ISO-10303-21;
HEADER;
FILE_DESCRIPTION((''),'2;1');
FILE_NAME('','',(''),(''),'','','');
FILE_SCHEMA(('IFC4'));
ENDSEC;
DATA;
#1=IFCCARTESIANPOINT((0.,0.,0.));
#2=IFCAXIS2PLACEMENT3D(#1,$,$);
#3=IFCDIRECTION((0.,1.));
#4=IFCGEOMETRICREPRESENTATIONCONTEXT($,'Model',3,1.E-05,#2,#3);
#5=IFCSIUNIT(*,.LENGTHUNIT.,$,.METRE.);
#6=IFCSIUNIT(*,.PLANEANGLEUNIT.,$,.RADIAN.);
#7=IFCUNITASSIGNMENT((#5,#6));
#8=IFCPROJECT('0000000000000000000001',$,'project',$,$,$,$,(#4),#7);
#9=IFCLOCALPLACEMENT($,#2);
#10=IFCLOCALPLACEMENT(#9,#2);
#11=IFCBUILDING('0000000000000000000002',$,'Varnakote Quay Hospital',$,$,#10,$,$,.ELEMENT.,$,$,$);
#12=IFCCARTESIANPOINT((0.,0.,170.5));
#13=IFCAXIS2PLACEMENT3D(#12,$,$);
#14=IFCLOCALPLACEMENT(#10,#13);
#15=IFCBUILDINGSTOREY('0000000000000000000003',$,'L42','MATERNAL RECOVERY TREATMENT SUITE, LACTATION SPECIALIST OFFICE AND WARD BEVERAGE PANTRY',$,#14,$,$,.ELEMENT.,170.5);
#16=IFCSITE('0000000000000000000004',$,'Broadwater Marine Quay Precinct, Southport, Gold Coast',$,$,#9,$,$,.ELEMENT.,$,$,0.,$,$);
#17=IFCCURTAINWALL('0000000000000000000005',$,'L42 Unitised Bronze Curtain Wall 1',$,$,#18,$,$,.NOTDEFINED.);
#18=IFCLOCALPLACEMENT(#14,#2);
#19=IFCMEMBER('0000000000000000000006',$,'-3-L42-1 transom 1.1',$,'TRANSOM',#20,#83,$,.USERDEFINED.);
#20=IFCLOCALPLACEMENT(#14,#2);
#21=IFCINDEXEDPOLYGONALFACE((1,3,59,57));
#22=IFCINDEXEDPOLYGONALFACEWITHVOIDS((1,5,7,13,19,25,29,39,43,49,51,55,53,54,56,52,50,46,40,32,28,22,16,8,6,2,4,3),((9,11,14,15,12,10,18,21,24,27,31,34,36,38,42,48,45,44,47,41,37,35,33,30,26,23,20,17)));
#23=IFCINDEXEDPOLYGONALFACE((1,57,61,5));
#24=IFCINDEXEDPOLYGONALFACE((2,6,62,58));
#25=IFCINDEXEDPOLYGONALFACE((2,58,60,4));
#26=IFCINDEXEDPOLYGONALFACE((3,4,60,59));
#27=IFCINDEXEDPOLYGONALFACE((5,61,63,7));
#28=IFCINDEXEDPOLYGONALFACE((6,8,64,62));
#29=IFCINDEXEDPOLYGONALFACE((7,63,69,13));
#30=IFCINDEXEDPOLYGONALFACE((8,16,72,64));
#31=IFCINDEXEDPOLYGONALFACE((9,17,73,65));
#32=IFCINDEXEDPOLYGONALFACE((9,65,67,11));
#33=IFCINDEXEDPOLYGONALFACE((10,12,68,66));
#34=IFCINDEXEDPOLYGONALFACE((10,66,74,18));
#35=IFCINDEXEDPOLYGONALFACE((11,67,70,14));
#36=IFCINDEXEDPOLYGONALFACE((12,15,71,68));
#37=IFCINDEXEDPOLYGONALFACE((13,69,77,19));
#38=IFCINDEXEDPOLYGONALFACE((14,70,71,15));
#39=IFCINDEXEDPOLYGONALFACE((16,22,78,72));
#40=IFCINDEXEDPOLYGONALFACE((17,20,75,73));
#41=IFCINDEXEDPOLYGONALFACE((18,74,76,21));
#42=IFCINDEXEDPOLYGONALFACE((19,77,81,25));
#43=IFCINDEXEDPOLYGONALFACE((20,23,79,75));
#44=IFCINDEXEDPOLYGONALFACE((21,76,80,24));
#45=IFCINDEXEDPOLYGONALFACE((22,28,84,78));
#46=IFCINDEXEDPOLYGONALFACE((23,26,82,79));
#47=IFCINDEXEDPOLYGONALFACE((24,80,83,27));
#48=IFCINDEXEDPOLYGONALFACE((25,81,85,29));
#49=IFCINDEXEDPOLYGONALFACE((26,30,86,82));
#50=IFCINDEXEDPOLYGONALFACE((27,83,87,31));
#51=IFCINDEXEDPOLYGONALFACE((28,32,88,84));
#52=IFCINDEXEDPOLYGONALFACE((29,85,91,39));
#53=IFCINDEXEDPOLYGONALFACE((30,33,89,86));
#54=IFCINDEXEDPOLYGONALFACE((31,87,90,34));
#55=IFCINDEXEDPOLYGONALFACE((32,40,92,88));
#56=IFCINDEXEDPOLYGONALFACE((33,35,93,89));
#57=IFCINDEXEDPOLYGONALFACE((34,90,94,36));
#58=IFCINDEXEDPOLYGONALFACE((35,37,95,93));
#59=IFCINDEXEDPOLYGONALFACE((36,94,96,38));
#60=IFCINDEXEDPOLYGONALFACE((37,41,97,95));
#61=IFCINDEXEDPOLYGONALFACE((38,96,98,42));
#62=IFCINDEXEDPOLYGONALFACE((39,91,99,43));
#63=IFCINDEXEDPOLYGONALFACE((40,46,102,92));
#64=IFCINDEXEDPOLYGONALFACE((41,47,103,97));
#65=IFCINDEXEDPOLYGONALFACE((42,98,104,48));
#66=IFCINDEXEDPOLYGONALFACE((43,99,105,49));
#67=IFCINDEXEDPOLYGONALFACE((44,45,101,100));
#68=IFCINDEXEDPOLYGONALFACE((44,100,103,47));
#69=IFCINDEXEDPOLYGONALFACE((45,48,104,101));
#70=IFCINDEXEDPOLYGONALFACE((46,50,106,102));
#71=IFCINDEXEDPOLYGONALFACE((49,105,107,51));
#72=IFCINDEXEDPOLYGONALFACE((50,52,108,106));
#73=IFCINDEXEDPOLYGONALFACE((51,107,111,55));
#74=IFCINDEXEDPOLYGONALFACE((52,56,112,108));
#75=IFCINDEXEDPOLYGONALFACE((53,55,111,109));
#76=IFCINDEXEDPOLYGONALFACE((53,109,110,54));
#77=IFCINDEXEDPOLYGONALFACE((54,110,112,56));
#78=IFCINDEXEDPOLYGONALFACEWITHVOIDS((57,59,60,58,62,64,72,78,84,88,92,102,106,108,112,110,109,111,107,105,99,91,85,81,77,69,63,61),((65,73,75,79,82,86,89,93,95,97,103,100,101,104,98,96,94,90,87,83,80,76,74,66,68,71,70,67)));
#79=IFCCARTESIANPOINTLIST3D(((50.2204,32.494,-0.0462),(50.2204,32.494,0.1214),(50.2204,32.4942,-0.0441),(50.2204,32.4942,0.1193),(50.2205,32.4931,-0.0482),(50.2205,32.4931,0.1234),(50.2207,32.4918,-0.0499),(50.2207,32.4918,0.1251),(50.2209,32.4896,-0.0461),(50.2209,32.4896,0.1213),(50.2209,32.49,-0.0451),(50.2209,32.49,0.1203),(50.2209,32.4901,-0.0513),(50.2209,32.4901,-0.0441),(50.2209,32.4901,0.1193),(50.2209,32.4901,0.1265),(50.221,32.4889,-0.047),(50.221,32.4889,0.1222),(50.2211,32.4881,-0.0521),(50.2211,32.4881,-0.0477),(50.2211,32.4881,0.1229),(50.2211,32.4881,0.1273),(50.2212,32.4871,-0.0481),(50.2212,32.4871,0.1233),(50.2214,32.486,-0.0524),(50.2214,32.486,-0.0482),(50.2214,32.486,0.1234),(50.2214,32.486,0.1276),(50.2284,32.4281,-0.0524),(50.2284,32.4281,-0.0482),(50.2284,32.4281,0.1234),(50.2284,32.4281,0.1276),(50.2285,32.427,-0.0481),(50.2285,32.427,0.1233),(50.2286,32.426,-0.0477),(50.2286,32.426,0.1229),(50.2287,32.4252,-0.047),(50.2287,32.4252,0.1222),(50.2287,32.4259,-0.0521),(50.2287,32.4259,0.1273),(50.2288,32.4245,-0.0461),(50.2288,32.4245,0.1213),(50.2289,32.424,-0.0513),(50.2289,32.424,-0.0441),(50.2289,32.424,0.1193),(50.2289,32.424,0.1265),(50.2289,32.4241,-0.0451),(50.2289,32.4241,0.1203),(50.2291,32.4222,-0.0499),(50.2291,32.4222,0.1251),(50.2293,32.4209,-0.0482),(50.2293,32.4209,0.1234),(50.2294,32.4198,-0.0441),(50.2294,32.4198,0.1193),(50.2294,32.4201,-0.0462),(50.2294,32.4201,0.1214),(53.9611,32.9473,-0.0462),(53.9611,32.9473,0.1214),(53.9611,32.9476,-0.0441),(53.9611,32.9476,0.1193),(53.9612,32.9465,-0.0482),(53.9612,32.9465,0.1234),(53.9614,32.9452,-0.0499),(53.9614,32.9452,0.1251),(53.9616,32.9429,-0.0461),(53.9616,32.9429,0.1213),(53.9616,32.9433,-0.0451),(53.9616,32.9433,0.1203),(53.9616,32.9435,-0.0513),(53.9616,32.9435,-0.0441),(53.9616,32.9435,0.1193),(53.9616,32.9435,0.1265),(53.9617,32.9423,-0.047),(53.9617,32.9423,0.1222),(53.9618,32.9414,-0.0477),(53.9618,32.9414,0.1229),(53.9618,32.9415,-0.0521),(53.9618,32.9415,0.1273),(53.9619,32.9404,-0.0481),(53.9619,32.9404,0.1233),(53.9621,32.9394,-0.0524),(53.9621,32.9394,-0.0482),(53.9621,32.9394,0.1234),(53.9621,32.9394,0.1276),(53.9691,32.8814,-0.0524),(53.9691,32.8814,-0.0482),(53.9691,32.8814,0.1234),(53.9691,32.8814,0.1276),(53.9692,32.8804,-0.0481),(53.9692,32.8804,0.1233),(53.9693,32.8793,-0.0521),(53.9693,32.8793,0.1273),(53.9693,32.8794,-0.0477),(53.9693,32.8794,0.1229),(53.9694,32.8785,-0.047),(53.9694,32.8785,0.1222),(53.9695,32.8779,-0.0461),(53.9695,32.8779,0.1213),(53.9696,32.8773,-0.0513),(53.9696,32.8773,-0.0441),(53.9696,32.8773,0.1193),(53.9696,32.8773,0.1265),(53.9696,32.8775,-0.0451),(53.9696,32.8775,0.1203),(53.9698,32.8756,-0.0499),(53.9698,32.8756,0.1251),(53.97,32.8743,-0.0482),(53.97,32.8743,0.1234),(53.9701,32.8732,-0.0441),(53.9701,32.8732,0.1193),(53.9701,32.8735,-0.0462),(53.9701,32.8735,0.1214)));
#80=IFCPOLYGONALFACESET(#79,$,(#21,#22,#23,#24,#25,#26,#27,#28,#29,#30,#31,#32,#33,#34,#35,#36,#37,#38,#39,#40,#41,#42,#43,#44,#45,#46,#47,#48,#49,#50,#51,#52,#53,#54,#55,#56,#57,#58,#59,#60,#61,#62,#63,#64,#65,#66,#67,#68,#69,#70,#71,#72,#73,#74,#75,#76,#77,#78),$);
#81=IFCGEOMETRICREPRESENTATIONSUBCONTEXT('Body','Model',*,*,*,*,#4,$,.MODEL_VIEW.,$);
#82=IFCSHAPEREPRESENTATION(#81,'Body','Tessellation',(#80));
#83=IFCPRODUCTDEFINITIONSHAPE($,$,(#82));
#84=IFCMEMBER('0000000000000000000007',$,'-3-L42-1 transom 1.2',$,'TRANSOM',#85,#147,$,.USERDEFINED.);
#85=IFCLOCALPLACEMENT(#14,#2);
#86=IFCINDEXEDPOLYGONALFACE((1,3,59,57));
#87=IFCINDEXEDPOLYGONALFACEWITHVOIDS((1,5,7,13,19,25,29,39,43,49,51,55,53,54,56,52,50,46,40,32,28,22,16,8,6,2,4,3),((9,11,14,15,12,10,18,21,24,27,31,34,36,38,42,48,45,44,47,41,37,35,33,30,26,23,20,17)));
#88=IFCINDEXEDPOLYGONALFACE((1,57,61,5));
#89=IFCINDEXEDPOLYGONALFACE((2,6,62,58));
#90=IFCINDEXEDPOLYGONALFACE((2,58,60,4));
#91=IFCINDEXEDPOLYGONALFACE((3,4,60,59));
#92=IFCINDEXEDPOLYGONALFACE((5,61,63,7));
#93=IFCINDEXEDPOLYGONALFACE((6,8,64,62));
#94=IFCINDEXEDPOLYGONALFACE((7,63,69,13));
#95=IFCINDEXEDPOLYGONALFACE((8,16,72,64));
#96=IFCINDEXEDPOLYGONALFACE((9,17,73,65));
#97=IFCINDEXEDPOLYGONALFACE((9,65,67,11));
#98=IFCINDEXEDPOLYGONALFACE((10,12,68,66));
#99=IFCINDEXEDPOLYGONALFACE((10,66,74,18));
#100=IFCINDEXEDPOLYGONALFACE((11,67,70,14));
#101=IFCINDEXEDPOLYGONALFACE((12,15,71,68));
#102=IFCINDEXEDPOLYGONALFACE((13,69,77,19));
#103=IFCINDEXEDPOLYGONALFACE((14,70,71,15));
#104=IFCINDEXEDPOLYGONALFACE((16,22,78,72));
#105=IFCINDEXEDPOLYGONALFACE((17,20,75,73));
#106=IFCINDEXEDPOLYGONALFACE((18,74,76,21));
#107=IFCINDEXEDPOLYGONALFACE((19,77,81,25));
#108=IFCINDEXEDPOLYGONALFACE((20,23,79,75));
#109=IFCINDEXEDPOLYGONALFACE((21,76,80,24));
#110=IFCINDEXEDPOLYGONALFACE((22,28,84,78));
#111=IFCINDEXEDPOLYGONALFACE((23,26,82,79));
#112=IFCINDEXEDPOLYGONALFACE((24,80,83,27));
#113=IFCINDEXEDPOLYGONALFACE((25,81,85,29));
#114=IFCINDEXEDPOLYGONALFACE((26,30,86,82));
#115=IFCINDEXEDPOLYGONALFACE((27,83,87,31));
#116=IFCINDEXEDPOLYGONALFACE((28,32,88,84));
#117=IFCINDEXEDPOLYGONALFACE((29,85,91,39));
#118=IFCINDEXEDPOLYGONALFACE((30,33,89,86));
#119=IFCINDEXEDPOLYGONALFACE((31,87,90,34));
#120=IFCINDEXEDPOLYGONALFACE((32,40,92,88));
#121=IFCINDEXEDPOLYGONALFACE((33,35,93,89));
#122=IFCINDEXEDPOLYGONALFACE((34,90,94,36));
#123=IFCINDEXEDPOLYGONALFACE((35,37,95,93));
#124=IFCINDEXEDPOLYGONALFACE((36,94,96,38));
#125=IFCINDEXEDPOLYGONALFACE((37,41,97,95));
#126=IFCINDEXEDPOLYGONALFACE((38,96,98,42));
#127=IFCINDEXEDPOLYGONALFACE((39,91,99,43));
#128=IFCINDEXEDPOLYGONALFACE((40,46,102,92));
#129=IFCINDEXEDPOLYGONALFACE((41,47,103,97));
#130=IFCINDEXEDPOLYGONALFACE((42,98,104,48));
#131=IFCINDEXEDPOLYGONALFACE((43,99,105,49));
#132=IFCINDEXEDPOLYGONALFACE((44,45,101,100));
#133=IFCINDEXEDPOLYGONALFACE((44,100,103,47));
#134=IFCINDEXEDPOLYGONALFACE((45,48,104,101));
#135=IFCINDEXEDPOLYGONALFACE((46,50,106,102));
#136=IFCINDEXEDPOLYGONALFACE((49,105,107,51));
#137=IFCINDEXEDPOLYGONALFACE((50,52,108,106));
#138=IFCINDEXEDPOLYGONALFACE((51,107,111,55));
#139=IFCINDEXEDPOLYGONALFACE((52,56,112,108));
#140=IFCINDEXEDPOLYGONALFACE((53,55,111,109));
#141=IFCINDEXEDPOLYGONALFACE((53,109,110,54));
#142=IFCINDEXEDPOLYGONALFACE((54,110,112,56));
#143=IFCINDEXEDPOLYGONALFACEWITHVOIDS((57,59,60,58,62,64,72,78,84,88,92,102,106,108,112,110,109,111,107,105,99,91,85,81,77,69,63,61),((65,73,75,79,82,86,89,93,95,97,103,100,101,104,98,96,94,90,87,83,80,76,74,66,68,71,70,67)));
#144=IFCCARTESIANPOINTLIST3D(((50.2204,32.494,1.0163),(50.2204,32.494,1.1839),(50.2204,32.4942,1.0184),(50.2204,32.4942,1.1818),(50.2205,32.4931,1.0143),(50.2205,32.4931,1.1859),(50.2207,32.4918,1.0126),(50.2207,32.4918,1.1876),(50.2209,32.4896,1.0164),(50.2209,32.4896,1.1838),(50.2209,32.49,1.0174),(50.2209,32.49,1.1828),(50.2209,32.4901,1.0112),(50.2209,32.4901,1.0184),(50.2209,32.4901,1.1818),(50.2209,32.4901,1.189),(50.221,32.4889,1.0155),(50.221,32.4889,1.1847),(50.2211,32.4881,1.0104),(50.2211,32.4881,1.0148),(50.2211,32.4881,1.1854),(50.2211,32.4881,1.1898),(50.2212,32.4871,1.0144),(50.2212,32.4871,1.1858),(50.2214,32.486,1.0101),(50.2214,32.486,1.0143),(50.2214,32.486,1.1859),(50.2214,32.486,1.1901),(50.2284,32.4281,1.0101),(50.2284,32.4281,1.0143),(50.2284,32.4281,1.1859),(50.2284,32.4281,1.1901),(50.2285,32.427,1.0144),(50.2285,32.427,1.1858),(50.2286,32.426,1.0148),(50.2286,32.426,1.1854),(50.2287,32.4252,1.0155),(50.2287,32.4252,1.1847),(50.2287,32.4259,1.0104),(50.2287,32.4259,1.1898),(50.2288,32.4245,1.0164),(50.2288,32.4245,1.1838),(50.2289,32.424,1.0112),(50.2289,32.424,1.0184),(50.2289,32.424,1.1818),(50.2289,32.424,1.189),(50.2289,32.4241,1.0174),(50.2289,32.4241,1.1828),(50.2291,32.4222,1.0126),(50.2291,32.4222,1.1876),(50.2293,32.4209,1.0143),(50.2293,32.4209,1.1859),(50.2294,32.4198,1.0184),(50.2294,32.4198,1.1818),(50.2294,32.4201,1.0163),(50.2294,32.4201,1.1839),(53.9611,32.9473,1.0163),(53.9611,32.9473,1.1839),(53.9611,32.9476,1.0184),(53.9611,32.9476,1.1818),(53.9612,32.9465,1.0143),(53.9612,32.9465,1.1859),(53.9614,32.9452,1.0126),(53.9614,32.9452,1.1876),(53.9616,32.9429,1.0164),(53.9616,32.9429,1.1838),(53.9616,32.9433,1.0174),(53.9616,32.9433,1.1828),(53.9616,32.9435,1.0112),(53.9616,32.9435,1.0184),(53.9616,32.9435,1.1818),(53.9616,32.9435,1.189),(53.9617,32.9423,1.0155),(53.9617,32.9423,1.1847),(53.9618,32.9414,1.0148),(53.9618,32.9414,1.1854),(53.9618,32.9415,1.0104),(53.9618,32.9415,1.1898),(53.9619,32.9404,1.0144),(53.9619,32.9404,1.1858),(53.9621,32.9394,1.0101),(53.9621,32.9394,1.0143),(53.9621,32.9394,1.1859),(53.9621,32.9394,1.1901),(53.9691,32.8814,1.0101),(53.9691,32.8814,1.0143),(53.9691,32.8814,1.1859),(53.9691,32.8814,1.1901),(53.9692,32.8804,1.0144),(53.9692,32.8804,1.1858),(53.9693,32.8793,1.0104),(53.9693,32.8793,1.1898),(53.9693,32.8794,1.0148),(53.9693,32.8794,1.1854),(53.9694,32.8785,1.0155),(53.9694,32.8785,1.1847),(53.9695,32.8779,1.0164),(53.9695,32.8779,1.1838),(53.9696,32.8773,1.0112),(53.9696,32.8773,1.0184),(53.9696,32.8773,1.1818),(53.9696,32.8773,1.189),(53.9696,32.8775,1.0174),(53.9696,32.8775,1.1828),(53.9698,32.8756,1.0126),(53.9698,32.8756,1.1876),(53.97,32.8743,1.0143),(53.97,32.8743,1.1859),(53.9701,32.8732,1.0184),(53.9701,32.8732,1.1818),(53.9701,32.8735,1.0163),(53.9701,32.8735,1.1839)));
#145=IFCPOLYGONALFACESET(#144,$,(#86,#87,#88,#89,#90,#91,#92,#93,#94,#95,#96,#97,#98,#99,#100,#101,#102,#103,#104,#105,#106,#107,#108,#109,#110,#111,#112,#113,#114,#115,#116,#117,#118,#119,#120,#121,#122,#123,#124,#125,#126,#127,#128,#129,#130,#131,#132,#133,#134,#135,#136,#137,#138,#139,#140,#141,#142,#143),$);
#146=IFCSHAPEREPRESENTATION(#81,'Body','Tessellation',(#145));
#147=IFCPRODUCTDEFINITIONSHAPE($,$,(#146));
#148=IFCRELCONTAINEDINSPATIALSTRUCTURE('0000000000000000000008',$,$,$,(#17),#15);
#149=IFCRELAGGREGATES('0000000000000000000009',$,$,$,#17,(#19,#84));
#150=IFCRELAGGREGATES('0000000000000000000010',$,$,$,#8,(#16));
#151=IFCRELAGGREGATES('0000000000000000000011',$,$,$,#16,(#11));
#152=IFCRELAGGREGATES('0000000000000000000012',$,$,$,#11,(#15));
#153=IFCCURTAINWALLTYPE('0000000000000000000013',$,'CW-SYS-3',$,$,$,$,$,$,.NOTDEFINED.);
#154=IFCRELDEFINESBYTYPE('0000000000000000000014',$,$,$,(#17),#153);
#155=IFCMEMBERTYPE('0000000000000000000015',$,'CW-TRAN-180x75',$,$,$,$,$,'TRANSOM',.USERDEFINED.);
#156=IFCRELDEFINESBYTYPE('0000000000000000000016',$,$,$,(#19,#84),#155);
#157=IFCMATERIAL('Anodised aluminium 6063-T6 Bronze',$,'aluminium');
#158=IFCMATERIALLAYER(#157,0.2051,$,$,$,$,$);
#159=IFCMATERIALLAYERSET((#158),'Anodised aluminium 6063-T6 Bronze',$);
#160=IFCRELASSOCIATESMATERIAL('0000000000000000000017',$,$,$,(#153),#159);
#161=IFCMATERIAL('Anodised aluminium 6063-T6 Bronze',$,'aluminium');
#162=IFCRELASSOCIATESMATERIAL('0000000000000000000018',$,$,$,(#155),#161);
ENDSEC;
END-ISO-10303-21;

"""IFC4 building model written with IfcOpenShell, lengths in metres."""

from ifc_helpers import new_model, si_unit, direction, frame, origin, origin_2d, place, context, subcontext, project, spatial, hollow_rectangle, extrude, material, layer, layer_set, material_profile, profile_set, type_object, element, aggregate, save


model = new_model("IFC4")

# Units and contexts
model_context = context("Model", 3, precision=1e-05, world=origin(), true_north=direction((0.0, 1.0)))
body_context = subcontext(model_context, "Body", "Model", "MODEL_VIEW")
ifc_project = project(units=[si_unit("LENGTHUNIT", "METRE"), si_unit("PLANEANGLEUNIT", "RADIAN")], contexts=[model_context])

# Site, building, storey
site_placement = place(None, origin())
site = spatial("IfcSite", under=ifc_project, at=site_placement, Name="Broadwater Marine Quay Precinct, Southport, Gold Coast", CompositionType="ELEMENT", RefElevation=0.0)
building_placement = place(site_placement, origin())
building = spatial("IfcBuilding", under=site, at=building_placement, Name="Varnakote Quay Hospital", CompositionType="ELEMENT")
storey_placement = place(building_placement, frame((0.0, 0.0, 170.5)))
storey = spatial("IfcBuildingStorey", under=building, at=storey_placement, Name="L42", Description="MATERNAL RECOVERY TREATMENT SUITE, LACTATION SPECIALIST OFFICE AND WARD BEVERAGE PANTRY", CompositionType="ELEMENT", Elevation=170.5)

# Curtain wall, members
ifc_material_1 = material(Name="Anodised aluminium 6063-T6 Bronze", Category="aluminium")
ifc_layer_1 = layer(ifc_material_1, 0.2051)
ifc_layer_set_1 = layer_set([ifc_layer_1], Name="Anodised aluminium 6063-T6 Bronze")
curtain_wall_type = type_object("IfcCurtainWallType", Name="CW-SYS-3", PredefinedType="NOTDEFINED", material=ifc_layer_set_1)
curtain_wall_placement = place(storey_placement, origin())
curtain_wall = element("IfcCurtainWall", 1, at=curtain_wall_placement, inside=storey, type_object=curtain_wall_type, Name="L42 Unitised Bronze Curtain Wall 1", PredefinedType="NOTDEFINED")
ifc_material_2 = material(Name="Anodised aluminium 6063-T6 Bronze", Category="aluminium")
ifc_material_profile_1 = material_profile(ifc_material_2, hollow_rectangle(XDim=0.075, YDim=0.1799, WallThickness=0.0042, InnerFilletRadius=0.0042, OuterFilletRadius=0.0083, at=origin_2d()), Name="CW-TRAN-180x75")
ifc_profile_set_1 = profile_set([ifc_material_profile_1], Name="Anodised aluminium 6063-T6 Bronze")
member_type_1 = type_object("IfcMemberType", Name="CW-TRAN-180x75", ElementType="TRANSOM", PredefinedType="USERDEFINED", material=ifc_profile_set_1)
member_1_placement = place(storey_placement, frame((53.9656, 32.9104, 0.0376), z_axis=(-0.992735, -0.120318, 0.0), x_axis=(0.120318, -0.992735, 0.0)))
member_1 = element("IfcMember", 2, at=member_1_placement, type_object=member_type_1, Name="-3-L42-1 transom 1.1", ObjectType="TRANSOM", PredefinedType="USERDEFINED", context=body_context, shape_type="SweptSolid", body=[
    extrude(hollow_rectangle(XDim=0.075, YDim=0.1799, WallThickness=0.0042, InnerFilletRadius=0.0042, OuterFilletRadius=0.0083, at=origin_2d()), origin(), (0.0, 0.0, 1.0), 3.7681),
])
member_2_placement = place(storey_placement, frame((53.9656, 32.9104, 1.1001), z_axis=(-0.992735, -0.120318, 0.0), x_axis=(0.120318, -0.992735, 0.0)))
member_2 = element("IfcMember", 3, at=member_2_placement, type_object=member_type_1, Name="-3-L42-1 transom 1.2", ObjectType="TRANSOM", PredefinedType="USERDEFINED", context=body_context, shape_type="SweptSolid", body=[
    extrude(hollow_rectangle(XDim=0.075, YDim=0.1799, WallThickness=0.0042, InnerFilletRadius=0.0042, OuterFilletRadius=0.0083, at=origin_2d()), origin(), (0.0, 0.0, 1.0), 3.7681),
])

aggregate(curtain_wall, [member_1, member_2])

save(model, "model.ifc")
